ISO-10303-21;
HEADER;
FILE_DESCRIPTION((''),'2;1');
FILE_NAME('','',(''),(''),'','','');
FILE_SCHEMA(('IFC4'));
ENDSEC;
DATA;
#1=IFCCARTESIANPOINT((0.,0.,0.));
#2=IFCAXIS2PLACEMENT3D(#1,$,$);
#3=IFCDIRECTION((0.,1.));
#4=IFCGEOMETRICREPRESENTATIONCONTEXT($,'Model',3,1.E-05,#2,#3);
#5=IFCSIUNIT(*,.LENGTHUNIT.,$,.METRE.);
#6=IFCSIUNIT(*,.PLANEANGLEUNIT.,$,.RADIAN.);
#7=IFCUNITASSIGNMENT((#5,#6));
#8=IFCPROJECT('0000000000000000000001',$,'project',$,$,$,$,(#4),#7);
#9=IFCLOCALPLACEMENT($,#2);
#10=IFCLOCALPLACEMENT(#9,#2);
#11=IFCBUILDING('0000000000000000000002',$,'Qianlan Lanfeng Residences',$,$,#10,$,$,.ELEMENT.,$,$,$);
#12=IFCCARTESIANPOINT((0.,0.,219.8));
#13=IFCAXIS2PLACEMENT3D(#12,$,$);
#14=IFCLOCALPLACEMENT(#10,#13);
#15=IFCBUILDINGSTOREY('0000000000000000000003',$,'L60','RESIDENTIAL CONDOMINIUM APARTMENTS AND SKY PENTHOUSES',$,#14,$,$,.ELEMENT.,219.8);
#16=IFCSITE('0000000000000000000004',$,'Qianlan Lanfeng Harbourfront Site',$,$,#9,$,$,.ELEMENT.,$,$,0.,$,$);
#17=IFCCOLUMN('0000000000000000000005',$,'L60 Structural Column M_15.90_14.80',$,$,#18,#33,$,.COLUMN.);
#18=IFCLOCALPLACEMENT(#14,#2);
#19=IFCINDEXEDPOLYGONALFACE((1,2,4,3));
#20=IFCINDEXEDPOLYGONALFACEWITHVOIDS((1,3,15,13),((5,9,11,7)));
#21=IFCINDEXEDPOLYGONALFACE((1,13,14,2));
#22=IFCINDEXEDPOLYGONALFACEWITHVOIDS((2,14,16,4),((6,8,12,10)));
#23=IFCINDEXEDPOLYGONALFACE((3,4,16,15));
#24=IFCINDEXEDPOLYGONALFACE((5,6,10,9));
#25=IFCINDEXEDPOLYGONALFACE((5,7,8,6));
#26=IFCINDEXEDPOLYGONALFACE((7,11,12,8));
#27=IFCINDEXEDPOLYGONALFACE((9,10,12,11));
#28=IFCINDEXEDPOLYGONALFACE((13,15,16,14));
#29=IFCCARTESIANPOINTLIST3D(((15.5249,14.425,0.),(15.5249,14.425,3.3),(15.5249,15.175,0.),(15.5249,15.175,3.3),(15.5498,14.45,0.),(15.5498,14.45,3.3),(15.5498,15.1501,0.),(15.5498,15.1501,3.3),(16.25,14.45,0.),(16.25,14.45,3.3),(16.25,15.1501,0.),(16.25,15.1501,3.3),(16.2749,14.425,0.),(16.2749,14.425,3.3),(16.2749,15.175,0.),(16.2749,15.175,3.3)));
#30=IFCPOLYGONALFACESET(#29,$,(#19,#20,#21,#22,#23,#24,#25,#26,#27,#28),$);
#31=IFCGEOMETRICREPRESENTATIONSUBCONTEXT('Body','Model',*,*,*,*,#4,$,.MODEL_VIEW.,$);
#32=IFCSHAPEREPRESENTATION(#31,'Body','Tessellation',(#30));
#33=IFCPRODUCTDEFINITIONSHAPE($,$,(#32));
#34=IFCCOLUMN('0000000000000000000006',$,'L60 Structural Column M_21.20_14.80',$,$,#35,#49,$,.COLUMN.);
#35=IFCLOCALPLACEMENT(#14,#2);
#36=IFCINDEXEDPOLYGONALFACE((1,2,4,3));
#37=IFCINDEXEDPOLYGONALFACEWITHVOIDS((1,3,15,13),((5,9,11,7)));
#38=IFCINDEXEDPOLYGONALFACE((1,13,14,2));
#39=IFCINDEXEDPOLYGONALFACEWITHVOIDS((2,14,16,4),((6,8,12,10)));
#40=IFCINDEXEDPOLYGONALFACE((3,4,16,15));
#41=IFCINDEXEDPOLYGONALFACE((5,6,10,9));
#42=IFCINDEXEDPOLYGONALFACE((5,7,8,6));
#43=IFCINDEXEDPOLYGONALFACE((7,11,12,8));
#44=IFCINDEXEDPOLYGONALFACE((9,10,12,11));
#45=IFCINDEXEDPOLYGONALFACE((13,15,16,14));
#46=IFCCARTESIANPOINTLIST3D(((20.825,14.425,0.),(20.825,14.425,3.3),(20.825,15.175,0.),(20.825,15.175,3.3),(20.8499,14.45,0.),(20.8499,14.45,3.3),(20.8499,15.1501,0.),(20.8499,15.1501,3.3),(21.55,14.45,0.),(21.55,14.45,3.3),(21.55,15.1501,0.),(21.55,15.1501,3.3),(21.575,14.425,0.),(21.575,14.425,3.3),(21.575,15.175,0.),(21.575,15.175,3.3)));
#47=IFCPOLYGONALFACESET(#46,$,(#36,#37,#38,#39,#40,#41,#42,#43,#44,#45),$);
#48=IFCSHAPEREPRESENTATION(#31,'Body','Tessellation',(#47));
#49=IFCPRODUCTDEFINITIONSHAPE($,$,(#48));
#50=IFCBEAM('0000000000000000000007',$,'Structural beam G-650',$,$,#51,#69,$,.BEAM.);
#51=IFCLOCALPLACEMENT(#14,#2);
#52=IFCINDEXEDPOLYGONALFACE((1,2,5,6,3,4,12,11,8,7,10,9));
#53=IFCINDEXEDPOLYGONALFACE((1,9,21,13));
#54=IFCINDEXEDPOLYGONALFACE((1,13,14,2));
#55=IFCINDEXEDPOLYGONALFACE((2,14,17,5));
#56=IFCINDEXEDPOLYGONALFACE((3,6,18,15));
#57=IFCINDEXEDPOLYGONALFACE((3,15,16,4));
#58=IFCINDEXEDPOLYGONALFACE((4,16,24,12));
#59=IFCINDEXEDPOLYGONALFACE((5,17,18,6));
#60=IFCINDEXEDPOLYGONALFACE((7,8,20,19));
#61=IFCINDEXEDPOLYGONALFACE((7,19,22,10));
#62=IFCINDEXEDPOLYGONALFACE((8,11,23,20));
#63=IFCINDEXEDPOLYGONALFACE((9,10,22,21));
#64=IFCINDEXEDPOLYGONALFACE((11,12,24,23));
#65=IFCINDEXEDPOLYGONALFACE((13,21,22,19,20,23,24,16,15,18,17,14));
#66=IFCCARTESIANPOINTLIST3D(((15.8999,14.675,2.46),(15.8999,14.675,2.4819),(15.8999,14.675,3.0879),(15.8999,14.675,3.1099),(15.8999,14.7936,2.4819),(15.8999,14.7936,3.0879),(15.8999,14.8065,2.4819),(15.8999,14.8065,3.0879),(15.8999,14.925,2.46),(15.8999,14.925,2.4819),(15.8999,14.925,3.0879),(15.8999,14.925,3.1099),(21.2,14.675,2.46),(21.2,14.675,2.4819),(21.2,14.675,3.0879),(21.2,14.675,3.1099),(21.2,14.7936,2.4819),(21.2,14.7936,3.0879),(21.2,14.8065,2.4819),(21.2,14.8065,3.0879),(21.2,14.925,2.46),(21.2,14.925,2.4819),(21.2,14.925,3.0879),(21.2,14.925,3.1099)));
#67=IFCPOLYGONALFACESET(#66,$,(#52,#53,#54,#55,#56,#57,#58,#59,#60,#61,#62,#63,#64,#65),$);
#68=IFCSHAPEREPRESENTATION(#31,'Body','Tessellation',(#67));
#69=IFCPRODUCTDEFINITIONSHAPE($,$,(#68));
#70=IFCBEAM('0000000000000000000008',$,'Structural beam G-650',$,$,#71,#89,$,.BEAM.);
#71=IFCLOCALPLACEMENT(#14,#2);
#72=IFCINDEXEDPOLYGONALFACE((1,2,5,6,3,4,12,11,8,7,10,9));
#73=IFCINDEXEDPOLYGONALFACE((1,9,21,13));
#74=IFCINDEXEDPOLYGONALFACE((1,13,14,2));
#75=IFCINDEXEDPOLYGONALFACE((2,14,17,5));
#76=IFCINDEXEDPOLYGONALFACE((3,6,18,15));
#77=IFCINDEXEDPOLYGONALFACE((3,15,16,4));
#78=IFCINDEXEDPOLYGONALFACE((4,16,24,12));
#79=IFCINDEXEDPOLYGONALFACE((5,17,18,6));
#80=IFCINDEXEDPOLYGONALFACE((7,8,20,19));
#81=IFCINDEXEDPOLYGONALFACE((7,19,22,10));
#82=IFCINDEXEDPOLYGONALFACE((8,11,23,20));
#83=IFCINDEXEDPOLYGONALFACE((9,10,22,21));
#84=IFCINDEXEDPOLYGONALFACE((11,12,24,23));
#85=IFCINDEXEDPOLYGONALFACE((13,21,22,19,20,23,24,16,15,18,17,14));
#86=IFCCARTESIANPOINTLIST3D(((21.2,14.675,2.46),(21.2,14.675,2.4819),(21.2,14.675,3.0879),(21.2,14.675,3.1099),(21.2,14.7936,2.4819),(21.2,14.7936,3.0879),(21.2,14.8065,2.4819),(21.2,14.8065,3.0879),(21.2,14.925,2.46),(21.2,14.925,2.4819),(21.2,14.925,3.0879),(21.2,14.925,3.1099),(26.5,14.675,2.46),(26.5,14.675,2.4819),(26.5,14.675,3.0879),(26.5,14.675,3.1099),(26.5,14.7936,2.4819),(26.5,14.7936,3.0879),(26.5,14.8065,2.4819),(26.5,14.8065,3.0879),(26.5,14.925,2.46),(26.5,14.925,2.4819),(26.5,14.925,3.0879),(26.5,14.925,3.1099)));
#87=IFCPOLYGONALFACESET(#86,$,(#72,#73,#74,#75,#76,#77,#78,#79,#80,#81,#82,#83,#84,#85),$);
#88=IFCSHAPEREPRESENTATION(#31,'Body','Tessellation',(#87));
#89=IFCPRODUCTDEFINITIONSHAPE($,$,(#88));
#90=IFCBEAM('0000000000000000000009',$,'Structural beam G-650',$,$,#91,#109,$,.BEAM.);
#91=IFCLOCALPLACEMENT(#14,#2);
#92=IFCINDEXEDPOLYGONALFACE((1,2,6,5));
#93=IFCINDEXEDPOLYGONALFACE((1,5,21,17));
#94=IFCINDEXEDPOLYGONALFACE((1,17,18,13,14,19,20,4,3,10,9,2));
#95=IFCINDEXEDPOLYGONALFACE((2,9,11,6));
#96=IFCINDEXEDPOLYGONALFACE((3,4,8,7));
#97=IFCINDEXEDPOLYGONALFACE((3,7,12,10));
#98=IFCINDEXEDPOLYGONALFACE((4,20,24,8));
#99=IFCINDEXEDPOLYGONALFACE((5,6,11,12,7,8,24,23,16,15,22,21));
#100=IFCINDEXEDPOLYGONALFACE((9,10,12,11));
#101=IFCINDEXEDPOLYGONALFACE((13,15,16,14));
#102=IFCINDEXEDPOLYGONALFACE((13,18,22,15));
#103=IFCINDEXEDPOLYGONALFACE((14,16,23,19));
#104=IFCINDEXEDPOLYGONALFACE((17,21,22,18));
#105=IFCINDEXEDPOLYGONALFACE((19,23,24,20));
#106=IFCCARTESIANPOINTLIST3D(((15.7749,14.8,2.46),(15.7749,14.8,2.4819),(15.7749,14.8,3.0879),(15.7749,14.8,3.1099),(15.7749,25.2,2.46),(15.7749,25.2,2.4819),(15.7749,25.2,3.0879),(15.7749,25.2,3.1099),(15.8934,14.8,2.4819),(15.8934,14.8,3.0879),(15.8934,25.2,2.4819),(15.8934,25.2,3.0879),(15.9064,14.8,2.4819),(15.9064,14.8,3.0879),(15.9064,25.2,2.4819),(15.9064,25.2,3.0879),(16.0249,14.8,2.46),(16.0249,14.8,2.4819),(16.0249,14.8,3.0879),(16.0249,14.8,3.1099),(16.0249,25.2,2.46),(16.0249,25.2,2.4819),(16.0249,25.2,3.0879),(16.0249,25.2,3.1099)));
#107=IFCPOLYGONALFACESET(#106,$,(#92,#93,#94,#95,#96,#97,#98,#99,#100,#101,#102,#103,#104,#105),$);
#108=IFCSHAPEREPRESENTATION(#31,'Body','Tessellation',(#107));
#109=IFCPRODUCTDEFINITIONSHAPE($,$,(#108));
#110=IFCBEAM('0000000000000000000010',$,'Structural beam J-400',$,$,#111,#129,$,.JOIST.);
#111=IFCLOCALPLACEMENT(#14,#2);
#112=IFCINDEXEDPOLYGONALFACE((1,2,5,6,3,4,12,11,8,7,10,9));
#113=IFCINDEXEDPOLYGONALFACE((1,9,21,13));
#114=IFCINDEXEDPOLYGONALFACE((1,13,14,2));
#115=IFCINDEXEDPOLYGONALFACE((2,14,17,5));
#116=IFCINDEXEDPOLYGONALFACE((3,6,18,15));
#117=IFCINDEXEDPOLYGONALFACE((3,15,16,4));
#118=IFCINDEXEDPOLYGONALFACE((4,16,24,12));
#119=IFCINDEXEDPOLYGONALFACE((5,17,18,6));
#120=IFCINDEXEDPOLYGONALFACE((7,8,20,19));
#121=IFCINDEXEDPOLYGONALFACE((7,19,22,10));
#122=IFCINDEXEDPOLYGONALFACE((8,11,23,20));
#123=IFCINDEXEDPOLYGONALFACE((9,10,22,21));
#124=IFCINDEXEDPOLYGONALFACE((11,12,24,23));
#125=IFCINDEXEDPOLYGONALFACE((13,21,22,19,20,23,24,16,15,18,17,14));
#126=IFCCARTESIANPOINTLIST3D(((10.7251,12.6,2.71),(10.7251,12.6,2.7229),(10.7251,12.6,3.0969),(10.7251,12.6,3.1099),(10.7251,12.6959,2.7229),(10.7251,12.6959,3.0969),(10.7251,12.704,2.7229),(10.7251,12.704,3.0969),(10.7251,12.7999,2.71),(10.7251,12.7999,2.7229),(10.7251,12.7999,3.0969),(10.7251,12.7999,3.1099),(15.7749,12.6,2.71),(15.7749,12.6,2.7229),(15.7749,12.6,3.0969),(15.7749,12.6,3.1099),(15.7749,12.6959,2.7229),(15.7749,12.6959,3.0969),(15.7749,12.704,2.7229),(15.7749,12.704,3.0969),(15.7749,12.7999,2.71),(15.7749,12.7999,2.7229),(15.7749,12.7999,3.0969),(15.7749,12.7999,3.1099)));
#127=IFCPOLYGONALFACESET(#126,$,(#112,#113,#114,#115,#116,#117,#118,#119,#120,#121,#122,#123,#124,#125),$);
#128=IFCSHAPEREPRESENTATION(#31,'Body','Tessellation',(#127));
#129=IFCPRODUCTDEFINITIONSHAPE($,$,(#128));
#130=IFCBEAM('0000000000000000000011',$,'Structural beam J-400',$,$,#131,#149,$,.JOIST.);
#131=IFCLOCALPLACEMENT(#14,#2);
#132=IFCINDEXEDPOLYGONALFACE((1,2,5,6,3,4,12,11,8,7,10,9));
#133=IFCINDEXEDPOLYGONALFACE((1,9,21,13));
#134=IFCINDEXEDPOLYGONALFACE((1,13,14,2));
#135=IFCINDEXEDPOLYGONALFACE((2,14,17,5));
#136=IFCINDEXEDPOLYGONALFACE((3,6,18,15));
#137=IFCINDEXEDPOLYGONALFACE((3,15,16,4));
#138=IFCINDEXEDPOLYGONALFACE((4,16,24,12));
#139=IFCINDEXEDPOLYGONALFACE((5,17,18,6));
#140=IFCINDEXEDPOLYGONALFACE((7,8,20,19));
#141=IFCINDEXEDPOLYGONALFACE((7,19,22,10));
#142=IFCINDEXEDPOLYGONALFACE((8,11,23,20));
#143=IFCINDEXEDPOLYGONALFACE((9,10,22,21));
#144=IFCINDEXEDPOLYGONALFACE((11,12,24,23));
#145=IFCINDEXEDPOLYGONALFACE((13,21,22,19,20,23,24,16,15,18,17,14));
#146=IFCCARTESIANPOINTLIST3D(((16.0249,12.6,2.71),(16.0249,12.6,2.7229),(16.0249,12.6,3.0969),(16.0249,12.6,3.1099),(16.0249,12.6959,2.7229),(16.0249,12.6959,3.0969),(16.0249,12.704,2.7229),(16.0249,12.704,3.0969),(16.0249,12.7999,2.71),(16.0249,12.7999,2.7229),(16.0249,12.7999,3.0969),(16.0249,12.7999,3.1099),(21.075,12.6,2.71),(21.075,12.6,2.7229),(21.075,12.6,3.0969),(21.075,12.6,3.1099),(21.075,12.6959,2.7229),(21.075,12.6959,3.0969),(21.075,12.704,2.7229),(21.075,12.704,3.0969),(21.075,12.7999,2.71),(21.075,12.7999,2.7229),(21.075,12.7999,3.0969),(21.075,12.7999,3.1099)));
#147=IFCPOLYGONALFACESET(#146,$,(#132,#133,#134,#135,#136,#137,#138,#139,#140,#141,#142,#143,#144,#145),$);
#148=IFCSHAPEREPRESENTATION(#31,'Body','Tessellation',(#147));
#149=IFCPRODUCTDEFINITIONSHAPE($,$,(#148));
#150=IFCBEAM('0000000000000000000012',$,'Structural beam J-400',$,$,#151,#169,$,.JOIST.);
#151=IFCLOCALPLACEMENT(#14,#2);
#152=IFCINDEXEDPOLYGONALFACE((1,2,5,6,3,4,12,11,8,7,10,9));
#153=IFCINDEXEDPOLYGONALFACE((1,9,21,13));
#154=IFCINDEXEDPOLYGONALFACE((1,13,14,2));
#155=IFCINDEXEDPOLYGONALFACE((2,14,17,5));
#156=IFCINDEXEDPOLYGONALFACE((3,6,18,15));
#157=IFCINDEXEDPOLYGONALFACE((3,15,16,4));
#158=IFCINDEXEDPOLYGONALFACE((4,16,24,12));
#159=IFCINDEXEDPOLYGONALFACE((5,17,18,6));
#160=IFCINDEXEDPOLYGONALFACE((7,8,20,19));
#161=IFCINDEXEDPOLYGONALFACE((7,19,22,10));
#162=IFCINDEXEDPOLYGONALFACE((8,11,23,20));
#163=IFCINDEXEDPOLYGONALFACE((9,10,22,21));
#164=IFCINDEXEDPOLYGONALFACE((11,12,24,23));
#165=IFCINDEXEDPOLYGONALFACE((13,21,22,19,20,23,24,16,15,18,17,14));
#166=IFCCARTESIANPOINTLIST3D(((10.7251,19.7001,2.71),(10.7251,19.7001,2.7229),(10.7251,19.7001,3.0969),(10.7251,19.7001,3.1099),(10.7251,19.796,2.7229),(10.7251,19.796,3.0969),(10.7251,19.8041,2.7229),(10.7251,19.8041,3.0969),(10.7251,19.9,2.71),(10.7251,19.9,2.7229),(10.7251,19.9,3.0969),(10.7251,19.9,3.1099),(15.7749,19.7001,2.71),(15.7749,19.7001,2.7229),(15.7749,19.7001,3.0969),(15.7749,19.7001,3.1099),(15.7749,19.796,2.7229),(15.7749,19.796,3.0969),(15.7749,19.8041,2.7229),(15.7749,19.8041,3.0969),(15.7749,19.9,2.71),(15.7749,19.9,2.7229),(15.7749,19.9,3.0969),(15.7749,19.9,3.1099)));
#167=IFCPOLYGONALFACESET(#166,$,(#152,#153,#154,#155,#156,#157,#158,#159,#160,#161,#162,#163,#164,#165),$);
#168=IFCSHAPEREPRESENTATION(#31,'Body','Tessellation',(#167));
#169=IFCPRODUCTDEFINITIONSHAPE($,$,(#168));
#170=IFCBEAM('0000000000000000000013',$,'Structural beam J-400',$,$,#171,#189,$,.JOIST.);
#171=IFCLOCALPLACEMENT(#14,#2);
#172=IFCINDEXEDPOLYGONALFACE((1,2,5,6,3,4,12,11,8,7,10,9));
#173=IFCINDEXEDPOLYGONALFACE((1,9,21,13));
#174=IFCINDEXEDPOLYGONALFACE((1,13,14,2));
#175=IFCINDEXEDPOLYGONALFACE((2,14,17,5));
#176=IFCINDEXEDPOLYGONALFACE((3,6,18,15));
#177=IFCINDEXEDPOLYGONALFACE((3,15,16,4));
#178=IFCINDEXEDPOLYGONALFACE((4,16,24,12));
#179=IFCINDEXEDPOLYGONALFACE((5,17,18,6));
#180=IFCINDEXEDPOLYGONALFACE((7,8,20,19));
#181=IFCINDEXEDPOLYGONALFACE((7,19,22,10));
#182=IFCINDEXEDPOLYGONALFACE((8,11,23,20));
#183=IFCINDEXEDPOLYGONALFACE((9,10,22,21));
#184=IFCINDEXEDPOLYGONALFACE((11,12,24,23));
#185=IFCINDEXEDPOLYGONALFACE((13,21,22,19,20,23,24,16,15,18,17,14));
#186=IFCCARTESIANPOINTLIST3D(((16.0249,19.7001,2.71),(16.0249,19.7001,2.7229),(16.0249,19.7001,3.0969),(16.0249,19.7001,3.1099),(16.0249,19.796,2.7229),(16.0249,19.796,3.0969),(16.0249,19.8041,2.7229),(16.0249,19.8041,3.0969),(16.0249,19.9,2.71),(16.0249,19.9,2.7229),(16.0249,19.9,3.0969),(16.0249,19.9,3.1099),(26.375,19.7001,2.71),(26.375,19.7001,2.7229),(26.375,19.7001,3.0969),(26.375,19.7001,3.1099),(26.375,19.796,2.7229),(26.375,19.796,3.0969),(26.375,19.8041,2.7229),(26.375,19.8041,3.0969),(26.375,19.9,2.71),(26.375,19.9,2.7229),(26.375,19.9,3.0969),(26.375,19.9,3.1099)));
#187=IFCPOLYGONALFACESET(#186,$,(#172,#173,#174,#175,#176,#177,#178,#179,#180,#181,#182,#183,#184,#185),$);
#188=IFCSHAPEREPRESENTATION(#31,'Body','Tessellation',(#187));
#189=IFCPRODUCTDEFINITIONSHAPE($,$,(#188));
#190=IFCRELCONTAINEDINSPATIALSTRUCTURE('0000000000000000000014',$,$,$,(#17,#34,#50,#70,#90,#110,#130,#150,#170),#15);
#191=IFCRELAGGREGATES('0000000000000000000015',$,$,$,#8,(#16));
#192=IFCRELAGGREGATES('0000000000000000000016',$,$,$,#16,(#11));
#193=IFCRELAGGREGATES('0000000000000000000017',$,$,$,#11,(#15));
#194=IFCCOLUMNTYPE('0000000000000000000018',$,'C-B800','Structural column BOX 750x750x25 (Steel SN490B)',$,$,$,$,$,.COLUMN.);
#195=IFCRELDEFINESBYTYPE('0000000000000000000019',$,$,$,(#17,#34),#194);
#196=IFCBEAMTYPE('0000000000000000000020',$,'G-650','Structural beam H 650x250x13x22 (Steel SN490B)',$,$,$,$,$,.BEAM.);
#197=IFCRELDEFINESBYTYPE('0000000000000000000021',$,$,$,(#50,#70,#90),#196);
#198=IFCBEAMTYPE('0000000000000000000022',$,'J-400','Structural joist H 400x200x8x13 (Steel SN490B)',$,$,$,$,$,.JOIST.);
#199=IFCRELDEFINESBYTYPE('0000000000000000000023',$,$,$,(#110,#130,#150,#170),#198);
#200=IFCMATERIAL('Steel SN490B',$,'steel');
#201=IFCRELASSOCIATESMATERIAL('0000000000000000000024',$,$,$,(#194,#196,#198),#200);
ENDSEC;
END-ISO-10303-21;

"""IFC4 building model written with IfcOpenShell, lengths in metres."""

from ifc_helpers import new_model, si_unit, direction, frame, origin, origin_2d, place, context, subcontext, project, spatial, hollow_rectangle, i_section, extrude, material, material_profile, profile_set, type_object, element, save


model = new_model("IFC4")

# Units and contexts
model_context = context("Model", 3, precision=1e-05, world=origin(), true_north=direction((0.0, 1.0)))
body_context = subcontext(model_context, "Body", "Model", "MODEL_VIEW")
ifc_project = project(units=[si_unit("LENGTHUNIT", "METRE"), si_unit("PLANEANGLEUNIT", "RADIAN")], contexts=[model_context])

# Site, building, storey
site_placement = place(None, origin())
site = spatial("IfcSite", under=ifc_project, at=site_placement, Name="Qianlan Lanfeng Harbourfront Site", CompositionType="ELEMENT", RefElevation=0.0)
building_placement = place(site_placement, origin())
building = spatial("IfcBuilding", under=site, at=building_placement, Name="Qianlan Lanfeng Residences", CompositionType="ELEMENT")
storey_placement = place(building_placement, frame((0.0, 0.0, 219.8)))
storey = spatial("IfcBuildingStorey", under=building, at=storey_placement, Name="L60", Description="RESIDENTIAL CONDOMINIUM APARTMENTS AND SKY PENTHOUSES", CompositionType="ELEMENT", Elevation=219.8)

# Columns
ifc_material_1 = material(Name="Steel SN490B", Category="steel")
ifc_material_profile_1 = material_profile(ifc_material_1, hollow_rectangle(XDim=0.75, YDim=0.75, WallThickness=0.0249, at=origin_2d()), Name="BOX 750x750x25")
ifc_profile_set_1 = profile_set([ifc_material_profile_1], Name="Steel SN490B")
column_type = type_object("IfcColumnType", Name="C-B800", Description="Structural column BOX 750x750x25 (Steel SN490B)", PredefinedType="COLUMN", material=ifc_profile_set_1)
for number, where, z_axis, x_axis, name in (
    (1, (15.8999, 14.8, 0.0), (0.0, 0.0, 1.0), (1.0, 0.0, 0.0), "L60 Structural Column M_15.90_14.80"),
    (2, (21.2, 14.8, 0.0), (0.0, 0.0, 1.0), (1.0, 0.0, 0.0), "L60 Structural Column M_21.20_14.80"),
):
    element("IfcColumn", number, at=place(storey_placement, frame(where, z_axis=z_axis, x_axis=x_axis)), inside=storey, type_object=column_type, Name=name, PredefinedType="COLUMN", context=body_context, shape_type="SweptSolid", body=[
        extrude(hollow_rectangle(XDim=0.75, YDim=0.75, WallThickness=0.0249, at=origin_2d()), origin(), (0.0, 0.0, 1.0), 3.3),
    ])

# Beams
ifc_material_profile_2 = material_profile(ifc_material_1, i_section(OverallWidth=0.25, OverallDepth=0.6499, WebThickness=0.0129, FlangeThickness=0.022, at=origin_2d()), Name="H 650x250x13x22")
ifc_profile_set_2 = profile_set([ifc_material_profile_2], Name="Steel SN490B")
beam_type_1 = type_object("IfcBeamType", Name="G-650", Description="Structural beam H 650x250x13x22 (Steel SN490B)", PredefinedType="BEAM", material=ifc_profile_set_2)
for number, where, z_axis, x_axis, name in (
    (3, (15.8999, 14.8, 2.7849), (1.0, 0.0, 0.0), (0.0, 1.0, 0.0), "Structural beam G-650"),
    (4, (21.2, 14.8, 2.7849), (1.0, 0.0, 0.0), (0.0, 1.0, 0.0), "Structural beam G-650"),
):
    element("IfcBeam", number, at=place(storey_placement, frame(where, z_axis=z_axis, x_axis=x_axis)), inside=storey, type_object=beam_type_1, Name=name, PredefinedType="BEAM", context=body_context, shape_type="SweptSolid", body=[
        extrude(i_section(OverallWidth=0.25, OverallDepth=0.6499, WebThickness=0.0129, FlangeThickness=0.022, at=origin_2d()), origin(), (0.0, 0.0, 1.0), 5.3),
    ])
beam_1_placement = place(storey_placement, frame((15.8999, 14.8, 2.7849), z_axis=(0.0, 1.0, 0.0), x_axis=(-1.0, 0.0, 0.0)))
element("IfcBeam", 5, at=beam_1_placement, inside=storey, type_object=beam_type_1, Name="Structural beam G-650", PredefinedType="BEAM", context=body_context, shape_type="SweptSolid", body=[
    extrude(i_section(OverallWidth=0.25, OverallDepth=0.6499, WebThickness=0.0129, FlangeThickness=0.022, at=origin_2d()), origin(), (0.0, 0.0, 1.0), 10.3999),
])
ifc_material_profile_3 = material_profile(ifc_material_1, i_section(OverallWidth=0.2, OverallDepth=0.3999, WebThickness=0.0081, FlangeThickness=0.0129, at=origin_2d()), Name="H 400x200x8x13")
ifc_profile_set_3 = profile_set([ifc_material_profile_3], Name="Steel SN490B")
beam_type_2 = type_object("IfcBeamType", Name="J-400", Description="Structural joist H 400x200x8x13 (Steel SN490B)", PredefinedType="JOIST", material=ifc_profile_set_3)
beam_2_placement = place(storey_placement, frame((10.7251, 12.7, 2.9099), z_axis=(1.0, 0.0, 0.0), x_axis=(0.0, 1.0, 0.0)))
element("IfcBeam", 6, at=beam_2_placement, inside=storey, type_object=beam_type_2, Name="Structural beam J-400", PredefinedType="JOIST", context=body_context, shape_type="SweptSolid", body=[
    extrude(i_section(OverallWidth=0.2, OverallDepth=0.3999, WebThickness=0.0081, FlangeThickness=0.0129, at=origin_2d()), origin(), (0.0, 0.0, 1.0), 5.0498),
])
beam_3_placement = place(storey_placement, frame((16.0249, 12.7, 2.9099), z_axis=(1.0, 0.0, 0.0), x_axis=(0.0, 1.0, 0.0)))
element("IfcBeam", 7, at=beam_3_placement, inside=storey, type_object=beam_type_2, Name="Structural beam J-400", PredefinedType="JOIST", context=body_context, shape_type="SweptSolid", body=[
    extrude(i_section(OverallWidth=0.2, OverallDepth=0.3999, WebThickness=0.0081, FlangeThickness=0.0129, at=origin_2d()), origin(), (0.0, 0.0, 1.0), 5.05),
])
beam_4_placement = place(storey_placement, frame((10.7251, 19.8, 2.9099), z_axis=(1.0, 0.0, 0.0), x_axis=(0.0, 1.0, 0.0)))
element("IfcBeam", 8, at=beam_4_placement, inside=storey, type_object=beam_type_2, Name="Structural beam J-400", PredefinedType="JOIST", context=body_context, shape_type="SweptSolid", body=[
    extrude(i_section(OverallWidth=0.2, OverallDepth=0.3999, WebThickness=0.0081, FlangeThickness=0.0129, at=origin_2d()), origin(), (0.0, 0.0, 1.0), 5.0498),
])
beam_5_placement = place(storey_placement, frame((16.0249, 19.8, 2.9099), z_axis=(1.0, 0.0, 0.0), x_axis=(0.0, 1.0, 0.0)))
element("IfcBeam", 9, at=beam_5_placement, inside=storey, type_object=beam_type_2, Name="Structural beam J-400", PredefinedType="JOIST", context=body_context, shape_type="SweptSolid", body=[
    extrude(i_section(OverallWidth=0.2, OverallDepth=0.3999, WebThickness=0.0081, FlangeThickness=0.0129, at=origin_2d()), origin(), (0.0, 0.0, 1.0), 10.3501),
])

save(model, "model.ifc")
